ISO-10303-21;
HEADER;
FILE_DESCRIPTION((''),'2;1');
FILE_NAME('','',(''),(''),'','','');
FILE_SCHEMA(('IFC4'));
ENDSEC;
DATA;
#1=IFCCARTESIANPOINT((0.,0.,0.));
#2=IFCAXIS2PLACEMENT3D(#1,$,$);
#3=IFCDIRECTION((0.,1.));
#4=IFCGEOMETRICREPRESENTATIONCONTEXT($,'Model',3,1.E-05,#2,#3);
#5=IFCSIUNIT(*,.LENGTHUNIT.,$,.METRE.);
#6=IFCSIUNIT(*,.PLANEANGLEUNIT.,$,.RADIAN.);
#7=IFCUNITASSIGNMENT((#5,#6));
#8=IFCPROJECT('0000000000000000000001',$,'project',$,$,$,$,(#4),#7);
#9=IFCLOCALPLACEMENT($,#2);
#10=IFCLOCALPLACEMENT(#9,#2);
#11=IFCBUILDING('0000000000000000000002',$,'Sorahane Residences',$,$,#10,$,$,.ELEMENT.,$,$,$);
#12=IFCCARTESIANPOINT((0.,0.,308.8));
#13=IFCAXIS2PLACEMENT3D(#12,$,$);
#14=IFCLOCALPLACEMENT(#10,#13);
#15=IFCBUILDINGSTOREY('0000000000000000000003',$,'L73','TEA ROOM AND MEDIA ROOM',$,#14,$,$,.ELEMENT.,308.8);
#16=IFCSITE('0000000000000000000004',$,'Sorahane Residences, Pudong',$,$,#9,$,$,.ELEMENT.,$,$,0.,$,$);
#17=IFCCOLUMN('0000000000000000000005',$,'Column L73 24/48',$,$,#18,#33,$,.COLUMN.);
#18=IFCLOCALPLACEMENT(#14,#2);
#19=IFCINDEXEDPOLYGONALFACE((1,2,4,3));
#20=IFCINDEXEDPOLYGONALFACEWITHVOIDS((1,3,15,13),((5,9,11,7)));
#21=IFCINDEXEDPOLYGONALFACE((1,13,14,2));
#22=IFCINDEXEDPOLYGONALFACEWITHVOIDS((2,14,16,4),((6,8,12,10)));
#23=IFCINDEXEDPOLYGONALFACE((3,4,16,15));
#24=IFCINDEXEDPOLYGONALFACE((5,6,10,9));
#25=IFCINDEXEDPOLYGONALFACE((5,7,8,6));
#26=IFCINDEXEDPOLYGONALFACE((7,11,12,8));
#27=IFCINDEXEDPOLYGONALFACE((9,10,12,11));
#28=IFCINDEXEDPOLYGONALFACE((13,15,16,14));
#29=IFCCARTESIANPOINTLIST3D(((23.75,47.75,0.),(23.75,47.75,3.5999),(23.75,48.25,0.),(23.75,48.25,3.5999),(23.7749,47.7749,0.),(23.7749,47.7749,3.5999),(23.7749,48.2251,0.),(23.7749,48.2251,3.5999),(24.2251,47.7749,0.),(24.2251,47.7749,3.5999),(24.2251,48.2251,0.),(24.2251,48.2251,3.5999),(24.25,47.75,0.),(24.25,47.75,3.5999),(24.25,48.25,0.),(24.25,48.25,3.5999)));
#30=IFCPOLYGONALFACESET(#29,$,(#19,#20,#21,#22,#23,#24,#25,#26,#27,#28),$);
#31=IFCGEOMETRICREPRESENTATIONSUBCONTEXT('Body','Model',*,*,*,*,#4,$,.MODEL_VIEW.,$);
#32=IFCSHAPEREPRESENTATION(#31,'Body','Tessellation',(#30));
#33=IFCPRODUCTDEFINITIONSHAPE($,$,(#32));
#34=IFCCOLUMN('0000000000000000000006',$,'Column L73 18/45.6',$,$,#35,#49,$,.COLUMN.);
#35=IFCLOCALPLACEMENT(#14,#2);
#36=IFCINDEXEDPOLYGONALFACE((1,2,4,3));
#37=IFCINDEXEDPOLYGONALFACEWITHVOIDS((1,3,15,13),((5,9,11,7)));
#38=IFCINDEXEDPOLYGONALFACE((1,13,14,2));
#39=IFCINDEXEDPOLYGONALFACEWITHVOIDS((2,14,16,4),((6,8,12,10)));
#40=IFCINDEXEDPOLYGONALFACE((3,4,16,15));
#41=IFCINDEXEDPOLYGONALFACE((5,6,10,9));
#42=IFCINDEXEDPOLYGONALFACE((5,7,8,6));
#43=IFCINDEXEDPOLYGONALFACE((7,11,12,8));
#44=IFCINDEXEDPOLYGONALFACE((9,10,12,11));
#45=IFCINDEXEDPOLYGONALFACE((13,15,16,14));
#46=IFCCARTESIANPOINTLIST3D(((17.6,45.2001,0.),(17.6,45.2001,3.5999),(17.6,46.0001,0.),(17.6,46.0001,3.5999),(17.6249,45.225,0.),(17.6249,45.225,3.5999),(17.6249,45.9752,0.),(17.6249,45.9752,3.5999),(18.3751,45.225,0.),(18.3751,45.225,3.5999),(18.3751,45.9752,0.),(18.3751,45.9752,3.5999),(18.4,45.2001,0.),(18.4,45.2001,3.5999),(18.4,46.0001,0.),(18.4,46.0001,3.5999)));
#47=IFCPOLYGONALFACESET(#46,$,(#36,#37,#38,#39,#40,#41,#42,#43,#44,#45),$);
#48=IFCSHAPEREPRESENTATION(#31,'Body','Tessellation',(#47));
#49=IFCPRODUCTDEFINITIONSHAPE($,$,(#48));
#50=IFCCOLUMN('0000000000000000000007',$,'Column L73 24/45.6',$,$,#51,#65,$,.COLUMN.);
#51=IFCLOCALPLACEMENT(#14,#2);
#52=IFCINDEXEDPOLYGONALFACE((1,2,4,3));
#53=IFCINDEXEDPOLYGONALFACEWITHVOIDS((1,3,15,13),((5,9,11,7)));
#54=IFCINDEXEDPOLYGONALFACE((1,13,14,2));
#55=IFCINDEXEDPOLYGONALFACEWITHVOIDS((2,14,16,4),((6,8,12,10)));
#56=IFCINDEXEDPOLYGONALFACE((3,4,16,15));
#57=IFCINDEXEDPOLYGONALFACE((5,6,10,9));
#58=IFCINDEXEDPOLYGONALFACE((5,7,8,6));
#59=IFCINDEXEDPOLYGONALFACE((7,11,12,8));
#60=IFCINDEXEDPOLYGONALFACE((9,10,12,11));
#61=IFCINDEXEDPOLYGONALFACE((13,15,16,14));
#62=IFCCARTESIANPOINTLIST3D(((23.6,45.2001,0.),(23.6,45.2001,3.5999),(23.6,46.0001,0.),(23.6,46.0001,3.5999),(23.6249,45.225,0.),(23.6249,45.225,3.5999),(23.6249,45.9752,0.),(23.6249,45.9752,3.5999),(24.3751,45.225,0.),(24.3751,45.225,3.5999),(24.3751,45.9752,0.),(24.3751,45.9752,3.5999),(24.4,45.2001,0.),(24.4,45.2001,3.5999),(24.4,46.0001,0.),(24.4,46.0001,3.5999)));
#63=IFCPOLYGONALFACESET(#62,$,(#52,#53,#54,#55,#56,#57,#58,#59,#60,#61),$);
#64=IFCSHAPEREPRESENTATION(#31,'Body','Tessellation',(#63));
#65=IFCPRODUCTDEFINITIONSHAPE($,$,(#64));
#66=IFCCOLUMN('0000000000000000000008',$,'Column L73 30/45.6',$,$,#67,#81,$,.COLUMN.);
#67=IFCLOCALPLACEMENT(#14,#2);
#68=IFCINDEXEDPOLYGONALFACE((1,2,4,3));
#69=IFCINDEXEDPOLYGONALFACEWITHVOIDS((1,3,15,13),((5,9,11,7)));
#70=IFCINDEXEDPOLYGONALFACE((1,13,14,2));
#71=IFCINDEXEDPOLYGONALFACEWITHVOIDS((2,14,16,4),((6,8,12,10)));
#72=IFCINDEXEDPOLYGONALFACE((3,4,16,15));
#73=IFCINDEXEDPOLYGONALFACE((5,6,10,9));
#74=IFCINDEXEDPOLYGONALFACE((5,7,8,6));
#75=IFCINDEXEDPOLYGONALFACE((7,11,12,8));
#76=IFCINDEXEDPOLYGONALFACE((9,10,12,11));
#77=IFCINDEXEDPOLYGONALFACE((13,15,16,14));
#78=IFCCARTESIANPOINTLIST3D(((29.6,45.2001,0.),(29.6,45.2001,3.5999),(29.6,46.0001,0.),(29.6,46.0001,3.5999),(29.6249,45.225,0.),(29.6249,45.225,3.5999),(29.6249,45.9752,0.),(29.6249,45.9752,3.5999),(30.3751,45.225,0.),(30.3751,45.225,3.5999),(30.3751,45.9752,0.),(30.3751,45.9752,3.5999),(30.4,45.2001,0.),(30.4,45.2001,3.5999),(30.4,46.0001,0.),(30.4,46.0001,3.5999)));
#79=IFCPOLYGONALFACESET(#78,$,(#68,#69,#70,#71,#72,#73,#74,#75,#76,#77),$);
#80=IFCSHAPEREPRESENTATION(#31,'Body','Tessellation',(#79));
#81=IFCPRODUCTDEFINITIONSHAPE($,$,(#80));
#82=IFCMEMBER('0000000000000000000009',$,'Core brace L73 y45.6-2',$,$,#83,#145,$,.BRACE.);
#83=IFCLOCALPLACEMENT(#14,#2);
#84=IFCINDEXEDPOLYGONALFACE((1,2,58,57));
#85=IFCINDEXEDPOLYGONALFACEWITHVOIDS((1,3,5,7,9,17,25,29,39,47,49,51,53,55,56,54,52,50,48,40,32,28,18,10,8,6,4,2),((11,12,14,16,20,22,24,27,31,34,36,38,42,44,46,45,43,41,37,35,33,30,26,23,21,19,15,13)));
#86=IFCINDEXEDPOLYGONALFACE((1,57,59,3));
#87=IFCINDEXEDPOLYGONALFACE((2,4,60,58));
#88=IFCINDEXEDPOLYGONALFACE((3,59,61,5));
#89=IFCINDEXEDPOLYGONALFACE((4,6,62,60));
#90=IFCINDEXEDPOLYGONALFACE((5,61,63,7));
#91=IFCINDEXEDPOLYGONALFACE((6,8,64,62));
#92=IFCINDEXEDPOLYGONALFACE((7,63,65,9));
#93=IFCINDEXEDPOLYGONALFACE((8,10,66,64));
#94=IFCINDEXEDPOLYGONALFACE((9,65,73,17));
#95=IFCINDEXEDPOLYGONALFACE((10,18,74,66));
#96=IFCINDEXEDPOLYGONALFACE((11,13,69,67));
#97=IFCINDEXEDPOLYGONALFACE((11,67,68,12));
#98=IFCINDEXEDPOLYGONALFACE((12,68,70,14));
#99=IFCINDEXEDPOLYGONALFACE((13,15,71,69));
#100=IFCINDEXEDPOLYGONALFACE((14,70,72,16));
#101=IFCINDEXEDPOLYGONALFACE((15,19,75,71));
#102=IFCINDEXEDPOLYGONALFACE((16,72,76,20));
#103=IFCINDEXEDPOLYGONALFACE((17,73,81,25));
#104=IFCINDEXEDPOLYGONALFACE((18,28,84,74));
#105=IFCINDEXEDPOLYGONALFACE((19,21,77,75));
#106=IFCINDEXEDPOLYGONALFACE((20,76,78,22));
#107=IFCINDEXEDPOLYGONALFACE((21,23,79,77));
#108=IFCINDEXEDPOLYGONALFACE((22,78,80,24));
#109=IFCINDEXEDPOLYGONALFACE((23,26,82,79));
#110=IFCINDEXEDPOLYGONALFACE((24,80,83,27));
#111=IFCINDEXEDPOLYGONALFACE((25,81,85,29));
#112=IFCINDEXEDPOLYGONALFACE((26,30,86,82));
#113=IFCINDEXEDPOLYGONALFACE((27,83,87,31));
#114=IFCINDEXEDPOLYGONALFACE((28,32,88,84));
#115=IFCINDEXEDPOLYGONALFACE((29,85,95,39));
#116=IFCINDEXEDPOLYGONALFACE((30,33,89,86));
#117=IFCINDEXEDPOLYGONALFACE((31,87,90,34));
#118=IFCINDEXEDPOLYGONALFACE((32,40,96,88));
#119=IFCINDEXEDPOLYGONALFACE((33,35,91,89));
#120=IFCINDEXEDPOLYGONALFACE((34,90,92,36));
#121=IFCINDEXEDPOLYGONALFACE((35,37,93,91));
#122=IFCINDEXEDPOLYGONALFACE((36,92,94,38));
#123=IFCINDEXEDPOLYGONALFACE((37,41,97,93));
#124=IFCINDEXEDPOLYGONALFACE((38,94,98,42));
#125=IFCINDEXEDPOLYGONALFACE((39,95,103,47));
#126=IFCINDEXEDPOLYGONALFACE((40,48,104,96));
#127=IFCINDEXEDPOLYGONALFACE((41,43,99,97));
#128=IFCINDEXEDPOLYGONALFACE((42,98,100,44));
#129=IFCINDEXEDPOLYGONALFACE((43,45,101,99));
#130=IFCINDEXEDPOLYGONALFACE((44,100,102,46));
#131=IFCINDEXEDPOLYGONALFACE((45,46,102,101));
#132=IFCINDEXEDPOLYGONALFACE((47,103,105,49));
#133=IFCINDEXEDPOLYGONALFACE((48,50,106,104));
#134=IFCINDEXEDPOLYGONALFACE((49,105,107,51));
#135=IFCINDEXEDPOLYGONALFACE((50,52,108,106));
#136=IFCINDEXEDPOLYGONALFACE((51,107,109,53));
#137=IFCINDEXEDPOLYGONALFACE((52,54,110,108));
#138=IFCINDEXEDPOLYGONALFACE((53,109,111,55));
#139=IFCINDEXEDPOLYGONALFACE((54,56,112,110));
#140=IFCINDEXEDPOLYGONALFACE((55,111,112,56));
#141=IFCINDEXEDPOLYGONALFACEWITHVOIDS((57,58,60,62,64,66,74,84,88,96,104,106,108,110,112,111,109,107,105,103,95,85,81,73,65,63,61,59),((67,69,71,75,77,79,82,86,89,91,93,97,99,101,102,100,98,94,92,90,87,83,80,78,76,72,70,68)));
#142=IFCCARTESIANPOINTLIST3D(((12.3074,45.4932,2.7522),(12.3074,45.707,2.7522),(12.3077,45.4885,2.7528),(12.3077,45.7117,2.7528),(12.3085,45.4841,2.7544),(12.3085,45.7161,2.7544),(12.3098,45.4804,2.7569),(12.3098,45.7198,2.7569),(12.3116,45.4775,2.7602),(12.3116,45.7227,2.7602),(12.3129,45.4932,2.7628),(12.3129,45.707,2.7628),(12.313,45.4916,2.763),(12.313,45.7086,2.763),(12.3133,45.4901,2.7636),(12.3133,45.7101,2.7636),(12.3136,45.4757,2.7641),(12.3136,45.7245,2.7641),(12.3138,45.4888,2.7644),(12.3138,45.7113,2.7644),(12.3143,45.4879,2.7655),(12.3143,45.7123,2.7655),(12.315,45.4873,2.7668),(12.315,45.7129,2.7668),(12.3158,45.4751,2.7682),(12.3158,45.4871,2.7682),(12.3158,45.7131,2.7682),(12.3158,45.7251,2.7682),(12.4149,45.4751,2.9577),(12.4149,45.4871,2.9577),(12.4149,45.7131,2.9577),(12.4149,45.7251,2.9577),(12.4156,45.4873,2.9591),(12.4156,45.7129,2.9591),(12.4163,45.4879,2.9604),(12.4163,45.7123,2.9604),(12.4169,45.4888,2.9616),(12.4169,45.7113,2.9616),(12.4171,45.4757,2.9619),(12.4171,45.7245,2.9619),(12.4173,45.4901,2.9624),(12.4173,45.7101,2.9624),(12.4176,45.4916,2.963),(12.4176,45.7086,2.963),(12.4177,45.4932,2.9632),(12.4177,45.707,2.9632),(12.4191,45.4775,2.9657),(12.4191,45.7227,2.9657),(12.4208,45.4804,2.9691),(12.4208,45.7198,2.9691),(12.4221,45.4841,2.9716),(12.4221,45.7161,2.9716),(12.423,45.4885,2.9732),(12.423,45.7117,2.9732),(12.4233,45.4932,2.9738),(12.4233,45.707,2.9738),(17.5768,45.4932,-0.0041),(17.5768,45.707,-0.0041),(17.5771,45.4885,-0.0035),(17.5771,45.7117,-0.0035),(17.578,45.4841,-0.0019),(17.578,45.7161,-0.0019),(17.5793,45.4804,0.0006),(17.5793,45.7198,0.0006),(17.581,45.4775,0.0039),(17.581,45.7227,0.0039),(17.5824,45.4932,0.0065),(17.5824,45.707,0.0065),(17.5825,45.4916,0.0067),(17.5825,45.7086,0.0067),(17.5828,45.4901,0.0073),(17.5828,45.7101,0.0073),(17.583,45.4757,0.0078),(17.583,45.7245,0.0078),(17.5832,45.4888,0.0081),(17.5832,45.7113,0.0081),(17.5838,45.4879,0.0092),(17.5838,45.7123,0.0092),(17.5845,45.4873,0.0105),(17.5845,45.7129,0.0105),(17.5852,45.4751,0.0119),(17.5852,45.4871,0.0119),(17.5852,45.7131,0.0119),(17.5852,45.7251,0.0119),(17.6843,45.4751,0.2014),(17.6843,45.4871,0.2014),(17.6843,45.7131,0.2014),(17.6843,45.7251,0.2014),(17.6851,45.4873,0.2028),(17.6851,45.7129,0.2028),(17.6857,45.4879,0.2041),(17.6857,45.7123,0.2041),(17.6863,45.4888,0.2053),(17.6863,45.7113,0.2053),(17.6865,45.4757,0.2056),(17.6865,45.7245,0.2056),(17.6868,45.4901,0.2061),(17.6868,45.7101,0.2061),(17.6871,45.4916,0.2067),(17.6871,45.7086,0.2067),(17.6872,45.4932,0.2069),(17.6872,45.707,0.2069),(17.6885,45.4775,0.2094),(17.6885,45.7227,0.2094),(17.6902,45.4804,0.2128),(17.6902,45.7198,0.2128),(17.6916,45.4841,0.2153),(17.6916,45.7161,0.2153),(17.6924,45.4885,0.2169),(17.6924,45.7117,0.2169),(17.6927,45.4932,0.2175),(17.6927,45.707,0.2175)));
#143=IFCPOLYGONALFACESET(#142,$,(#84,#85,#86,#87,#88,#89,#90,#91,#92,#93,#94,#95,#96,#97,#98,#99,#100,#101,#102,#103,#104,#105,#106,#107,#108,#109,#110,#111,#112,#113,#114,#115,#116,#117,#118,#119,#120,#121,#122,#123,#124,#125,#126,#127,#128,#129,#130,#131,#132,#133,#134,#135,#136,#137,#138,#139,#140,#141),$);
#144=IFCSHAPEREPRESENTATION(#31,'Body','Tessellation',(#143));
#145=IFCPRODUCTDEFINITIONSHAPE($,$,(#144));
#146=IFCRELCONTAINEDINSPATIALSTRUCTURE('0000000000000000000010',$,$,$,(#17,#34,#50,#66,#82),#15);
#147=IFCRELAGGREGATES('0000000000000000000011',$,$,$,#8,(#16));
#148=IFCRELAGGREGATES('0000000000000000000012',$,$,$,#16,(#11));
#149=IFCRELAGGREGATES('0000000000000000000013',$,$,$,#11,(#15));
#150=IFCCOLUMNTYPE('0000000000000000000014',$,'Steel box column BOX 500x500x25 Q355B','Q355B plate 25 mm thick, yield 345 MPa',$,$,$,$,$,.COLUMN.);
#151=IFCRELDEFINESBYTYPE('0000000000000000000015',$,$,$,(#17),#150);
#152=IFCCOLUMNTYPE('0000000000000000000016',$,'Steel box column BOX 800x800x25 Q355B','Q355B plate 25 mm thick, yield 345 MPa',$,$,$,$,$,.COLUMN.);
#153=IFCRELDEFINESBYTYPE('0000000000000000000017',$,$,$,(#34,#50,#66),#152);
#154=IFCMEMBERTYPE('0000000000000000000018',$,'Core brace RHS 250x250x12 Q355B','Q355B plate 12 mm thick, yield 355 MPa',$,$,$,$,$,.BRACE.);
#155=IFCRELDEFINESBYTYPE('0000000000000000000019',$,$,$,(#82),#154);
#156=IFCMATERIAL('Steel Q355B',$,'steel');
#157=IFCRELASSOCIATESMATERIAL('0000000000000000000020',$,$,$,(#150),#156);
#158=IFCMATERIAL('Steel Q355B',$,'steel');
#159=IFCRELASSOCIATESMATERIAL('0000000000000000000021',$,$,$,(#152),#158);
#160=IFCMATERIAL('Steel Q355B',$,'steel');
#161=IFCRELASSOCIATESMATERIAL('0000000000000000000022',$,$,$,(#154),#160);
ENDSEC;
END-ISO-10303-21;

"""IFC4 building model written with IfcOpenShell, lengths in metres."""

from ifc_helpers import new_model, si_unit, direction, frame, origin, origin_2d, place, context, subcontext, project, spatial, hollow_rectangle, extrude, material, material_profile, profile_set, type_object, element, save


model = new_model("IFC4")

# Units and contexts
model_context = context("Model", 3, precision=1e-05, world=origin(), true_north=direction((0.0, 1.0)))
body_context = subcontext(model_context, "Body", "Model", "MODEL_VIEW")
ifc_project = project(units=[si_unit("LENGTHUNIT", "METRE"), si_unit("PLANEANGLEUNIT", "RADIAN")], contexts=[model_context])

# Site, building, storey
site_placement = place(None, origin())
site = spatial("IfcSite", under=ifc_project, at=site_placement, Name="Sorahane Residences, Pudong", CompositionType="ELEMENT", RefElevation=0.0)
building_placement = place(site_placement, origin())
building = spatial("IfcBuilding", under=site, at=building_placement, Name="Sorahane Residences", CompositionType="ELEMENT")
storey_placement = place(building_placement, frame((0.0, 0.0, 308.8)))
storey = spatial("IfcBuildingStorey", under=building, at=storey_placement, Name="L73", Description="TEA ROOM AND MEDIA ROOM", CompositionType="ELEMENT", Elevation=308.8)

# Columns
ifc_material_1 = material(Name="Steel Q355B", Category="steel")
ifc_material_profile_1 = material_profile(ifc_material_1, hollow_rectangle(XDim=0.5, YDim=0.5, WallThickness=0.0249, at=origin_2d()), Name="BOX 500x500x25")
ifc_profile_set_1 = profile_set([ifc_material_profile_1], Name="Steel Q355B")
column_type_1 = type_object("IfcColumnType", Name="Steel box column BOX 500x500x25 Q355B", Description="Q355B plate 25 mm thick, yield 345 MPa", PredefinedType="COLUMN", material=ifc_profile_set_1)
column_placement = place(storey_placement, frame((24.0, 48.0, 0.0), z_axis=(0.0, 0.0, 1.0), x_axis=(1.0, 0.0, 0.0)))
element("IfcColumn", 1, at=column_placement, inside=storey, type_object=column_type_1, Name="Column L73 24/48", PredefinedType="COLUMN", context=body_context, shape_type="SweptSolid", body=[
    extrude(hollow_rectangle(XDim=0.5, YDim=0.5, WallThickness=0.0249, at=origin_2d()), origin(), (0.0, 0.0, 1.0), 3.5999),
])
ifc_material_2 = material(Name="Steel Q355B", Category="steel")
ifc_material_profile_2 = material_profile(ifc_material_2, hollow_rectangle(XDim=0.8, YDim=0.8, WallThickness=0.0249, at=origin_2d()), Name="BOX 800x800x25")
ifc_profile_set_2 = profile_set([ifc_material_profile_2], Name="Steel Q355B")
column_type_2 = type_object("IfcColumnType", Name="Steel box column BOX 800x800x25 Q355B", Description="Q355B plate 25 mm thick, yield 345 MPa", PredefinedType="COLUMN", material=ifc_profile_set_2)
for number, where, z_axis, x_axis, name in (
    (2, (18.0, 45.6001, 0.0), (0.0, 0.0, 1.0), (1.0, 0.0, 0.0), "Column L73 18/45.6"),
    (3, (24.0, 45.6001, 0.0), (0.0, 0.0, 1.0), (1.0, 0.0, 0.0), "Column L73 24/45.6"),
    (4, (30.0, 45.6001, 0.0), (0.0, 0.0, 1.0), (1.0, 0.0, 0.0), "Column L73 30/45.6"),
):
    element("IfcColumn", number, at=place(storey_placement, frame(where, z_axis=z_axis, x_axis=x_axis)), inside=storey, type_object=column_type_2, Name=name, PredefinedType="COLUMN", context=body_context, shape_type="SweptSolid", body=[
        extrude(hollow_rectangle(XDim=0.8, YDim=0.8, WallThickness=0.0249, at=origin_2d()), origin(), (0.0, 0.0, 1.0), 3.5999),
    ])

# Member
ifc_material_3 = material(Name="Steel Q355B", Category="steel")
ifc_material_profile_3 = material_profile(ifc_material_3, hollow_rectangle(XDim=0.25, YDim=0.25, WallThickness=0.012, InnerFilletRadius=0.0061, OuterFilletRadius=0.0181, at=origin_2d()), Name="RHS 250x250x12")
ifc_profile_set_3 = profile_set([ifc_material_profile_3], Name="Steel Q355B")
member_type_1 = type_object("IfcMemberType", Name="Core brace RHS 250x250x12 Q355B", Description="Q355B plate 12 mm thick, yield 355 MPa", PredefinedType="BRACE", material=ifc_profile_set_3)
for number, where, z_axis, x_axis, name in (
    (5, (17.6348, 45.6001, 0.1067), (-0.8861, 0.0, 0.463495), (0.0, -1.0, 0.0), "Core brace L73 y45.6-2"),
):
    element("IfcMember", number, at=place(storey_placement, frame(where, z_axis=z_axis, x_axis=x_axis)), inside=storey, type_object=member_type_1, Name=name, PredefinedType="BRACE", context=body_context, shape_type="SweptSolid", body=[
        extrude(hollow_rectangle(XDim=0.25, YDim=0.25, WallThickness=0.012, InnerFilletRadius=0.0061, OuterFilletRadius=0.0181, at=origin_2d()), origin(), (0.0, 0.0, 1.0), 5.9468),
    ])

save(model, "model.ifc")
